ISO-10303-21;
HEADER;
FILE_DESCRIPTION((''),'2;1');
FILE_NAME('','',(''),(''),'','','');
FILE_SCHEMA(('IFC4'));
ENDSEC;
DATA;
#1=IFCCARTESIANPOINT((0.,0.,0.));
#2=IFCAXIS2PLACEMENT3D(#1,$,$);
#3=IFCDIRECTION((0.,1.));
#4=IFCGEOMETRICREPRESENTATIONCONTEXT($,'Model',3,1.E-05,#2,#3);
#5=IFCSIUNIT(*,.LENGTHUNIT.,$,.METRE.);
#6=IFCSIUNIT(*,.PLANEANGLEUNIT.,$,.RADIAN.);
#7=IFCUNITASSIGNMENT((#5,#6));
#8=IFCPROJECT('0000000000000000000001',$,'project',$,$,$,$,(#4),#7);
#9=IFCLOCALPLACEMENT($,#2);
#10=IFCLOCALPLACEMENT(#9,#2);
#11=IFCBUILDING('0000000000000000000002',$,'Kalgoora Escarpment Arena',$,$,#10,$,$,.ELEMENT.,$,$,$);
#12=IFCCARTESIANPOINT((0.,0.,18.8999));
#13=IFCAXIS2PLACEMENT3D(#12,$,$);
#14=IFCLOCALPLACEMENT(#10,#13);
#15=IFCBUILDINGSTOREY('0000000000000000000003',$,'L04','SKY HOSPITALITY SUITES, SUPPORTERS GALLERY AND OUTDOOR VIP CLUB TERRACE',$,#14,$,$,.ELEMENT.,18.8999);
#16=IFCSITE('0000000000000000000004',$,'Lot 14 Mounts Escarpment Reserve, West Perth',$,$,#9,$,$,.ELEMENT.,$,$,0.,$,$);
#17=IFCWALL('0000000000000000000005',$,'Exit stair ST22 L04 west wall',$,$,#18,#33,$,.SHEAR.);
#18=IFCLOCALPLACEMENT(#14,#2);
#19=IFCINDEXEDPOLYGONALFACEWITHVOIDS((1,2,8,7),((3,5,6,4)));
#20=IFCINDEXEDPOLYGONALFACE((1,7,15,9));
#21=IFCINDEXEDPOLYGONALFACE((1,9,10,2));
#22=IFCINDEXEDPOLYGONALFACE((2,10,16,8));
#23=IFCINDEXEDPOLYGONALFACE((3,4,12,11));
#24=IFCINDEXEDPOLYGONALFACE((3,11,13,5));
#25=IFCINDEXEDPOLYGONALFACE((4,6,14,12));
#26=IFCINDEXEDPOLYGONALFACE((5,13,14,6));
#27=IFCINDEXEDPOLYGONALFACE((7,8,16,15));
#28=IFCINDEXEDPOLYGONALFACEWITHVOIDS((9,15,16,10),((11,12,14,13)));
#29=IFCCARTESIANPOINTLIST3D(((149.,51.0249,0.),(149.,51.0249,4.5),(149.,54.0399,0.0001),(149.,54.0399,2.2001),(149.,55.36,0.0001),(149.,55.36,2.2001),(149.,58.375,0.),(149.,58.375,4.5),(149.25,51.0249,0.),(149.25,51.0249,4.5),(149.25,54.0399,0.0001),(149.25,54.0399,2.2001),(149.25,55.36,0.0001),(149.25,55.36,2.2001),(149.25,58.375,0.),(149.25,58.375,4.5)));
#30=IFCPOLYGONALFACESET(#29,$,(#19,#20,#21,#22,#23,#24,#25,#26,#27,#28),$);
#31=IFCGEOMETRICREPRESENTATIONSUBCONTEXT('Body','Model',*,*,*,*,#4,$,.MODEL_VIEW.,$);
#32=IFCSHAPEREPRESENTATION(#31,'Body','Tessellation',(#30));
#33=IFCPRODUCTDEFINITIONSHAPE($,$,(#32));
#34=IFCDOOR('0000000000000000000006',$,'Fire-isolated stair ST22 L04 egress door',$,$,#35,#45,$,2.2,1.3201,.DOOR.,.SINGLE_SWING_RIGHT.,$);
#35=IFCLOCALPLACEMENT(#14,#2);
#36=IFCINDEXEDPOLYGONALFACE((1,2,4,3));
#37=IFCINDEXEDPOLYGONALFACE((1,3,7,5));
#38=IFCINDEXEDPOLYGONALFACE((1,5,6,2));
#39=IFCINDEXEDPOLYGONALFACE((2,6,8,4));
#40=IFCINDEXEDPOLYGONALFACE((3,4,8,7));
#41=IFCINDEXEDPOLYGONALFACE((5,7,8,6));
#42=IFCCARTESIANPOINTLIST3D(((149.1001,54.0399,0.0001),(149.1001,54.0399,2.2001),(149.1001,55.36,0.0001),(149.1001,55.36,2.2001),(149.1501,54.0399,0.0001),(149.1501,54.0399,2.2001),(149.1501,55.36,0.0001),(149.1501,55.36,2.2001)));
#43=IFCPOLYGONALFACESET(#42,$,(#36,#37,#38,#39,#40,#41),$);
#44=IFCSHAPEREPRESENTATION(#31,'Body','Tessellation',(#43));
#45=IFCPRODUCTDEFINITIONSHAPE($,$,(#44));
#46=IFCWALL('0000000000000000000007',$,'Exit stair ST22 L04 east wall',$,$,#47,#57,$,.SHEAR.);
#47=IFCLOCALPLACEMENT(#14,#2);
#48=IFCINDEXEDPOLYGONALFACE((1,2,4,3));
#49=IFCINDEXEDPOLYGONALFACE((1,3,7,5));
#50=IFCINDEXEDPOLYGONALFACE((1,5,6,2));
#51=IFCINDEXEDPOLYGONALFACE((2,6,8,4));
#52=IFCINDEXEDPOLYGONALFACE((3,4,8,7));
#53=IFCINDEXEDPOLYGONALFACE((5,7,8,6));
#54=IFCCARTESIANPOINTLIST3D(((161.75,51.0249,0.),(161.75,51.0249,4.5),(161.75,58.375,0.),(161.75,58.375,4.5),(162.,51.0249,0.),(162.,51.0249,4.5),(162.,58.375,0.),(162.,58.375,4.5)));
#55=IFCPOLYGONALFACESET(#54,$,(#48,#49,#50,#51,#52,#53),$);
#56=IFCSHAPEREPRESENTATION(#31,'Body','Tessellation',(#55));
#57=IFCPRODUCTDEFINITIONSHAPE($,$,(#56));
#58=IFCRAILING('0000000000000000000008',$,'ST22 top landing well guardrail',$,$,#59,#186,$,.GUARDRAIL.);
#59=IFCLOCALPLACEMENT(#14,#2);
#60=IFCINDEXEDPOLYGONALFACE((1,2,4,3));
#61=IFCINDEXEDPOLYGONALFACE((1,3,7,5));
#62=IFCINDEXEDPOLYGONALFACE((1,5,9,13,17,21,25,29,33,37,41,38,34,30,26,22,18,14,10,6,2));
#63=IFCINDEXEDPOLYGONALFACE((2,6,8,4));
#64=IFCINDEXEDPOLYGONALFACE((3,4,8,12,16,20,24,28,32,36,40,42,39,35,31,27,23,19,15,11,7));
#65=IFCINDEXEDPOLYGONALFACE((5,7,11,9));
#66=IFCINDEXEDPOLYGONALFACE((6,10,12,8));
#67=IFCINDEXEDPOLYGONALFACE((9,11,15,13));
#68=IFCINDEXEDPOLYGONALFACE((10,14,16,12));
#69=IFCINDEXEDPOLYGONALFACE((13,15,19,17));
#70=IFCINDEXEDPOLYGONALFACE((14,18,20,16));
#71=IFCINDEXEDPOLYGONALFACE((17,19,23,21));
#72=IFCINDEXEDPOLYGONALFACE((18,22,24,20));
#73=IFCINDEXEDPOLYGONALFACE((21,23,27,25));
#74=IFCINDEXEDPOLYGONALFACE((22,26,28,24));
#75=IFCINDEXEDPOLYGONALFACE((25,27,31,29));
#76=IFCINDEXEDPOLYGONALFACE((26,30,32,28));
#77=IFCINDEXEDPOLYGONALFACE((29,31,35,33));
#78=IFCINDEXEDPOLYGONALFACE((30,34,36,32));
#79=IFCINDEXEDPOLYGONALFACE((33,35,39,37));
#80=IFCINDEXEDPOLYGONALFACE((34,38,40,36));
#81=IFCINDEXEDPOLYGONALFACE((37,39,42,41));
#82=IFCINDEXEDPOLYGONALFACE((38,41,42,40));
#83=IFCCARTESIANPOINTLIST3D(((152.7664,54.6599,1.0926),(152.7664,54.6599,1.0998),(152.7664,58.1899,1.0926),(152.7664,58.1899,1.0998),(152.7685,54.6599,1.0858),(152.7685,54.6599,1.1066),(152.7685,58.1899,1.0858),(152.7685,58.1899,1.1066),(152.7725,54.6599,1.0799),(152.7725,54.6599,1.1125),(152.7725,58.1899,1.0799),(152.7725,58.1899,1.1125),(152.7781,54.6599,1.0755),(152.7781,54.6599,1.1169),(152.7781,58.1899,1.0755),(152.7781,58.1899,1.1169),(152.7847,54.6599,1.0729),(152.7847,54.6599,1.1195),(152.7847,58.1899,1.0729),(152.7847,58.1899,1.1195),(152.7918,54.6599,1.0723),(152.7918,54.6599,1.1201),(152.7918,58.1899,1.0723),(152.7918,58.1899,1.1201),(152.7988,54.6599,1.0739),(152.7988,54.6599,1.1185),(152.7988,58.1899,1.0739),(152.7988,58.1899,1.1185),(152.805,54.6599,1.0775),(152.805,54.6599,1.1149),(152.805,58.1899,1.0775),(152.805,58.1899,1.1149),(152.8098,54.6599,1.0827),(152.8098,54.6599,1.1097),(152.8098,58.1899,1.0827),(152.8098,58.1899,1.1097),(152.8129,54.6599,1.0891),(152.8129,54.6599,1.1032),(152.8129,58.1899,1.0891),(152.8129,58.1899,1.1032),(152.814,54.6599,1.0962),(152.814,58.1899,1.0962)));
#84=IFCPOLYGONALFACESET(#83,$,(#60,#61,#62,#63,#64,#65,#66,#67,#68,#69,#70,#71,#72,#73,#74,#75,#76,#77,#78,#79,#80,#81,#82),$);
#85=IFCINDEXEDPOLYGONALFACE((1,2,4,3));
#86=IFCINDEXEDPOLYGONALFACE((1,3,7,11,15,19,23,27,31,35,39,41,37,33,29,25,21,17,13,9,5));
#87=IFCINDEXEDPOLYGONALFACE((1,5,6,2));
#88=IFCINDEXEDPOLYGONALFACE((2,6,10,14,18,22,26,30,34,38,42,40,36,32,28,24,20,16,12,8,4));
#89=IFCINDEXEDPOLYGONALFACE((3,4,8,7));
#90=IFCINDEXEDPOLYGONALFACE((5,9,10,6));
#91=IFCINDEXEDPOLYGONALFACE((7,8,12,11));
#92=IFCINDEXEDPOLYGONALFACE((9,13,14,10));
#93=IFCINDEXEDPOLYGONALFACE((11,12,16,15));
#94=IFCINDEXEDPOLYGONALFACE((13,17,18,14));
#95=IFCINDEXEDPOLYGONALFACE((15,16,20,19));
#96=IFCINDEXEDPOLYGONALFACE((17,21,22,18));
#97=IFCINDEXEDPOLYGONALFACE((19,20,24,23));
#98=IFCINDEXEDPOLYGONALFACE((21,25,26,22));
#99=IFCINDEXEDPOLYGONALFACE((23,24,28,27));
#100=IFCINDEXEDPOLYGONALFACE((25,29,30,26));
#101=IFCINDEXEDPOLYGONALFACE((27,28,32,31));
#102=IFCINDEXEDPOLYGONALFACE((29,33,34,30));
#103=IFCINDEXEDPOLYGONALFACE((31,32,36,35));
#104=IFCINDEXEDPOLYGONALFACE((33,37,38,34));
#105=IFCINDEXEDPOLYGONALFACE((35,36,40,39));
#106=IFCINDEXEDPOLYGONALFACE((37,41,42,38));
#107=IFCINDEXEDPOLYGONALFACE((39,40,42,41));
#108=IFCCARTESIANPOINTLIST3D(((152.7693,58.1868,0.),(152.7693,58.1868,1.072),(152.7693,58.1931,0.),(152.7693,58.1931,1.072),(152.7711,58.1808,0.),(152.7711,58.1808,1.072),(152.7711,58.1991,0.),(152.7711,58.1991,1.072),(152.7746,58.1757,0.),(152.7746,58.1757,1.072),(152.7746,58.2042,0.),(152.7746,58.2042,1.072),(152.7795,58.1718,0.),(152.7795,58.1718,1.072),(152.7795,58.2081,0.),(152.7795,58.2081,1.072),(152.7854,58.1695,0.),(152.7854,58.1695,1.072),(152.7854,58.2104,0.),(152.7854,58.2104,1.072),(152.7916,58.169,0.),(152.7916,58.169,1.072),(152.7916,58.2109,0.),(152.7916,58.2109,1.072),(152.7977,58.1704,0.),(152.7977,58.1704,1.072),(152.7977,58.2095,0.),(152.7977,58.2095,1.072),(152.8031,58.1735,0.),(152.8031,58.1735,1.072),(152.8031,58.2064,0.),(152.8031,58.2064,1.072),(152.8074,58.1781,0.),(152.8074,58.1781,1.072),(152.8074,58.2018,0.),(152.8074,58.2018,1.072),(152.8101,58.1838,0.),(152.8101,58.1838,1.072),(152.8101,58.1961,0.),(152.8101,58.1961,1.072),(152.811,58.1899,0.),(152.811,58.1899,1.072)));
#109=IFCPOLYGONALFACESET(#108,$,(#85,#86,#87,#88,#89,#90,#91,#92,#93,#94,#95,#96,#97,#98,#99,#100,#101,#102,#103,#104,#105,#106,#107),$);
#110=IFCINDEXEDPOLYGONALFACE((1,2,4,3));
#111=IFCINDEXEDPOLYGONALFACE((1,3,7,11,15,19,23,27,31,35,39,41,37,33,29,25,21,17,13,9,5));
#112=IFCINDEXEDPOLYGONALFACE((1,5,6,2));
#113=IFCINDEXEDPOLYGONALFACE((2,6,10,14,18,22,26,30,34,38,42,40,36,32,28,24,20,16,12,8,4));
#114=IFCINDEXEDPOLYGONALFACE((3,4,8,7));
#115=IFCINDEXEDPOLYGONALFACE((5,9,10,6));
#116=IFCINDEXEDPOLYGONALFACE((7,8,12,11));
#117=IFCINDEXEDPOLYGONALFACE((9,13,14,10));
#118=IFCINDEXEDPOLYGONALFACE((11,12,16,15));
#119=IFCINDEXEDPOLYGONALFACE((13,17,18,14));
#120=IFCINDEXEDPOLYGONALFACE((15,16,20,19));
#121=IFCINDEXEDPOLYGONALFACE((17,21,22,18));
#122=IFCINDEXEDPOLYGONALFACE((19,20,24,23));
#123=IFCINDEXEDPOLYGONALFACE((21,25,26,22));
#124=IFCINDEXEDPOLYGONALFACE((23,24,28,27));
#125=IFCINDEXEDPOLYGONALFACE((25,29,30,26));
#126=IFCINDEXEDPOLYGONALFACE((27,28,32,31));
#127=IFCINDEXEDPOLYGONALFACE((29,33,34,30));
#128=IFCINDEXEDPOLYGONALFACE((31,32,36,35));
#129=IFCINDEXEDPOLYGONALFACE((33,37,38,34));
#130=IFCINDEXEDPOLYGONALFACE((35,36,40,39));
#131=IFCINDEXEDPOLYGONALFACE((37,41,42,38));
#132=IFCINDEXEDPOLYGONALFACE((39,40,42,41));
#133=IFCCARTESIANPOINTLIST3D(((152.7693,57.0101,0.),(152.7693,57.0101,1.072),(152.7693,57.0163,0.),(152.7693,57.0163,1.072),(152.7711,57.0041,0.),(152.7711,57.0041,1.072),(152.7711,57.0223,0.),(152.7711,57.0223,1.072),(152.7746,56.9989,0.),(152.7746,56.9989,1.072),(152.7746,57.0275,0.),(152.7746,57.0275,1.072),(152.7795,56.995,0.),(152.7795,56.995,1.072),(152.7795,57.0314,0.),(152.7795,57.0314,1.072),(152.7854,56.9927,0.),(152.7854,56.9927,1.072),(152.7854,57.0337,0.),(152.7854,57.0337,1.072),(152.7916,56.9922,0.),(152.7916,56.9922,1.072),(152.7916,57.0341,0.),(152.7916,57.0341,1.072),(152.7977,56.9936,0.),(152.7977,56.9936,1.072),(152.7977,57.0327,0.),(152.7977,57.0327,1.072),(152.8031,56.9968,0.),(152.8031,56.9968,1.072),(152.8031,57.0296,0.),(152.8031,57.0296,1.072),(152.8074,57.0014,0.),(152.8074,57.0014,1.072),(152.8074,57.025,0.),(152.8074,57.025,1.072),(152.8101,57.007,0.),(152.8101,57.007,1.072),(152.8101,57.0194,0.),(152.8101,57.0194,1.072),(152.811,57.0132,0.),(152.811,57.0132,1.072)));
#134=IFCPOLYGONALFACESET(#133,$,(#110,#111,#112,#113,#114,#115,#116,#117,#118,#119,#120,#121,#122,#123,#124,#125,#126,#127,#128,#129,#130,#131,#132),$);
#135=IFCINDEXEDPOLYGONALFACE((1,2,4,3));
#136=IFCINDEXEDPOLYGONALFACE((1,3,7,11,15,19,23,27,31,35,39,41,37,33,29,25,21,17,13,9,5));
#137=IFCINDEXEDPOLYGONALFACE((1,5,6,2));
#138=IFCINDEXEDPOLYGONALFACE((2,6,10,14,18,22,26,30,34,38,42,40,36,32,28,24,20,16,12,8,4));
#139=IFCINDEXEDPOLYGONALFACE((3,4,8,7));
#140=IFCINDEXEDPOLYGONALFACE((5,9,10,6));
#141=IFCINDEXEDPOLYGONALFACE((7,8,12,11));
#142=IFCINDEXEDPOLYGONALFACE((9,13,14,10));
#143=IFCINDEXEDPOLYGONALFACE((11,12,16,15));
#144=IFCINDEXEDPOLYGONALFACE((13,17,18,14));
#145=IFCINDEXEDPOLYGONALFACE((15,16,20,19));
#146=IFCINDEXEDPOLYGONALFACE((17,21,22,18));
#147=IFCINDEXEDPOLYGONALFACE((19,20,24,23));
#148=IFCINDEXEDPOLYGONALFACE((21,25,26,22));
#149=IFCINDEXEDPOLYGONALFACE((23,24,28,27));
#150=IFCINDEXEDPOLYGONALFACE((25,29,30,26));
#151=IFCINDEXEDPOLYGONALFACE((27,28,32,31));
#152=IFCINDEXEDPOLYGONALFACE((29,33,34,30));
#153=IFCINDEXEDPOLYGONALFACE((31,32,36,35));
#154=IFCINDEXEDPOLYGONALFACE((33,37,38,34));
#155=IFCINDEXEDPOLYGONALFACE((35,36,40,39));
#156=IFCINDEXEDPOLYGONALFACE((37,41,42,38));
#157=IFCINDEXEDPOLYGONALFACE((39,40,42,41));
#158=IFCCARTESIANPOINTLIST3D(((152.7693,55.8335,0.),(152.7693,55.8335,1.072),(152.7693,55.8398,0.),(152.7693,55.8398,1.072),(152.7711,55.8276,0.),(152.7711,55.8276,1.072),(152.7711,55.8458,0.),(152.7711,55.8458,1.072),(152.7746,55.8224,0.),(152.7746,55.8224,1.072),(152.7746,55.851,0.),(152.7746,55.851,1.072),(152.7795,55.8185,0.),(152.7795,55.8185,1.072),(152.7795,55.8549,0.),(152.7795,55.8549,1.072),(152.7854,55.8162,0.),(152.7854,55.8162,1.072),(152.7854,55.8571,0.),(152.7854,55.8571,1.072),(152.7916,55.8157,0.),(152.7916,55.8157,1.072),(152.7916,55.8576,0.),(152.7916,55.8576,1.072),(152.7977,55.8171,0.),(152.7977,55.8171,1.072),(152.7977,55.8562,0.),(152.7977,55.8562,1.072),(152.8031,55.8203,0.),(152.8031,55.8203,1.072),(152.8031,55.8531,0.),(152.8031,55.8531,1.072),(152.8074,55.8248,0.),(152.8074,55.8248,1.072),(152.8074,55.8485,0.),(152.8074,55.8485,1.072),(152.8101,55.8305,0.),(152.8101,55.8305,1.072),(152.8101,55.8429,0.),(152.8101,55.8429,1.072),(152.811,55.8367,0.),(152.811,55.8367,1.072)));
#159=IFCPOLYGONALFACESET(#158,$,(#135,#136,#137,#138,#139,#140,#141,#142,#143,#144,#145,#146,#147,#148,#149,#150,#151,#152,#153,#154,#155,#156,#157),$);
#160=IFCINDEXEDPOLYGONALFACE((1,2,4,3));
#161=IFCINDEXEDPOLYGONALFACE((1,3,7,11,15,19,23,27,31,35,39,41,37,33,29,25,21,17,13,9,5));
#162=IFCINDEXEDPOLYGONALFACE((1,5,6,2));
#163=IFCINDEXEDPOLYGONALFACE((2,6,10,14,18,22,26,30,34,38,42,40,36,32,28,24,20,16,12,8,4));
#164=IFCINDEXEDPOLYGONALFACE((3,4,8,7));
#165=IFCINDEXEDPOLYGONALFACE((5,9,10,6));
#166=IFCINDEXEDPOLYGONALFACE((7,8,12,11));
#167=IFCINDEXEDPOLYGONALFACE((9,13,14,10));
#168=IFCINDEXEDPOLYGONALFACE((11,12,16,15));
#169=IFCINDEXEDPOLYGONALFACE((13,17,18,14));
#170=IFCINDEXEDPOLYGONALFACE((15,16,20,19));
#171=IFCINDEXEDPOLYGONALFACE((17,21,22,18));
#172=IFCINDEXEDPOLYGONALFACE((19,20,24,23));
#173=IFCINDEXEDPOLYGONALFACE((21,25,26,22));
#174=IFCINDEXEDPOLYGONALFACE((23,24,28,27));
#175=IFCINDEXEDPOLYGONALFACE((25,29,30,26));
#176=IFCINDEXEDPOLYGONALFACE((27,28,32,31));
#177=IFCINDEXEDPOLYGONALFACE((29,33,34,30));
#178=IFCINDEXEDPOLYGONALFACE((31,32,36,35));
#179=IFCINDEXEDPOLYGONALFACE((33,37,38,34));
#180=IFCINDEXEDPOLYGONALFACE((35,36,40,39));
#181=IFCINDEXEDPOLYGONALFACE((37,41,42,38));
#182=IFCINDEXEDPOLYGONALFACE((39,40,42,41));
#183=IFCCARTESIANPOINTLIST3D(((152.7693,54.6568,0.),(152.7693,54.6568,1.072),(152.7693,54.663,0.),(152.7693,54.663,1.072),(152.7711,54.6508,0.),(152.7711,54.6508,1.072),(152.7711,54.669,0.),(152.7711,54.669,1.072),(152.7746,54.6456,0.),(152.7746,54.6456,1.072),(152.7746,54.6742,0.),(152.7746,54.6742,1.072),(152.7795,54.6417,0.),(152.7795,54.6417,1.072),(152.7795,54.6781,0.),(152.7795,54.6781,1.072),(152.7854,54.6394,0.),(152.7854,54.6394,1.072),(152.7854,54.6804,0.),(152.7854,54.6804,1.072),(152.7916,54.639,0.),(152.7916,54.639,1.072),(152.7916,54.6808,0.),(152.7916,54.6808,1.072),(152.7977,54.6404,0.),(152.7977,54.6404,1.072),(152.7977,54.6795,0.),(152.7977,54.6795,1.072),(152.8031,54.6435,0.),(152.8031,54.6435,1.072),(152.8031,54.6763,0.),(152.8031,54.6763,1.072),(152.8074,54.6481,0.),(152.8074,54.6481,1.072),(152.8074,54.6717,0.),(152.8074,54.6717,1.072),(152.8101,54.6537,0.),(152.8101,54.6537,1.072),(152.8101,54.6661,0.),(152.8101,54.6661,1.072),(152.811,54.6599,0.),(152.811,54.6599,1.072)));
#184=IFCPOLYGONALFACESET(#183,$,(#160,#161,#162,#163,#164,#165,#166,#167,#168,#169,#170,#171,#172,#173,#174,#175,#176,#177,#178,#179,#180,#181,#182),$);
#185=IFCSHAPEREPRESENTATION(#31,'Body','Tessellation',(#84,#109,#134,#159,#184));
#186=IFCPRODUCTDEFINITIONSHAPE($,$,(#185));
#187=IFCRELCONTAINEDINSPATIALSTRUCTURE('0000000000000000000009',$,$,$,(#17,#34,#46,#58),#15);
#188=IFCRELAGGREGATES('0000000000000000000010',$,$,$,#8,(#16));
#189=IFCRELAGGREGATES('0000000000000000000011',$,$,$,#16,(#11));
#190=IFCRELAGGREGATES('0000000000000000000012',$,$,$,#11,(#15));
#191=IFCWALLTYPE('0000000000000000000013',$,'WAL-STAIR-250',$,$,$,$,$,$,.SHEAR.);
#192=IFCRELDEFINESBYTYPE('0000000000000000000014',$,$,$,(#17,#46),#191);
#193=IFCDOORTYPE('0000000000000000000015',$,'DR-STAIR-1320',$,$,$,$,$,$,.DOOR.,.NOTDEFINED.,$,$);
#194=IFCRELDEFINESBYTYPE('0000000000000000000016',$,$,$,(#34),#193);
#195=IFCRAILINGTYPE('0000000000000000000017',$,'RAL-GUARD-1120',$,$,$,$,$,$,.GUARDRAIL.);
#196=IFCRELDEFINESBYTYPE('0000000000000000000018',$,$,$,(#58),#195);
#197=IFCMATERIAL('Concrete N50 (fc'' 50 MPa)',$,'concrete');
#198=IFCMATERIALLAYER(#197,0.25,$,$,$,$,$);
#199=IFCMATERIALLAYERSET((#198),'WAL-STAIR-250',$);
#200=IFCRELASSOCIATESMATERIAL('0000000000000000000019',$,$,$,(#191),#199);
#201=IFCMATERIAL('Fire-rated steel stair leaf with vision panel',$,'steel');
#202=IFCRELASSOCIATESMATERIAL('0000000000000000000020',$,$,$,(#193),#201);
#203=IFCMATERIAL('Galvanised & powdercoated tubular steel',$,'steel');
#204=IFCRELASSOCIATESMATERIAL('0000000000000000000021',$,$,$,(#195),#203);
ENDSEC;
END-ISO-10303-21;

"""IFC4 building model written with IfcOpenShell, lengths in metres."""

from ifc_helpers import new_model, si_unit, direction, frame, frame_2d, origin, origin_2d, place, context, subcontext, project, spatial, rectangle, circle, extrude, material, layer, layer_set, type_object, element, fill, save


model = new_model("IFC4")

# Units and contexts
model_context = context("Model", 3, precision=1e-05, world=origin(), true_north=direction((0.0, 1.0)))
body_context = subcontext(model_context, "Body", "Model", "MODEL_VIEW")
ifc_project = project(units=[si_unit("LENGTHUNIT", "METRE"), si_unit("PLANEANGLEUNIT", "RADIAN")], contexts=[model_context])

# Site, building, storey
site_placement = place(None, origin())
site = spatial("IfcSite", under=ifc_project, at=site_placement, Name="Lot 14 Mounts Escarpment Reserve, West Perth", CompositionType="ELEMENT", RefElevation=0.0)
building_placement = place(site_placement, origin())
building = spatial("IfcBuilding", under=site, at=building_placement, Name="Kalgoora Escarpment Arena", CompositionType="ELEMENT")
storey_placement = place(building_placement, frame((0.0, 0.0, 18.8999)))
storey = spatial("IfcBuildingStorey", under=building, at=storey_placement, Name="L04", Description="SKY HOSPITALITY SUITES, SUPPORTERS GALLERY AND OUTDOOR VIP CLUB TERRACE", CompositionType="ELEMENT", Elevation=18.8999)

# Shared definitions
ifc_material_1 = material(Name="Concrete N50 (fc' 50 MPa)", Category="concrete")
ifc_layer_1 = layer(ifc_material_1, 0.25)
ifc_layer_set_1 = layer_set([ifc_layer_1], Name="WAL-STAIR-250")
wall_type_1 = type_object("IfcWallType", Name="WAL-STAIR-250", PredefinedType="SHEAR", material=ifc_layer_set_1)

# Wall, opening, door
wall_1_placement = place(storey_placement, frame((149.125, 51.0249, 0.0), z_axis=(0.0, 0.0, 1.0), x_axis=(0.0, 1.0, 0.0)))
wall_1 = element("IfcWall", 1, at=wall_1_placement, inside=storey, type_object=wall_type_1, Name="Exit stair ST22 L04 west wall", PredefinedType="SHEAR", context=body_context, shape_type="SweptSolid", body=[
    extrude(rectangle(XDim=7.3501, YDim=0.25, at=frame_2d((3.675, 0.0))), origin(), (0.0, 0.0, 1.0), 4.5),
])
opening_1_placement = place(wall_1_placement, frame((3.0149, 0.0, 0.0)))
opening_1 = element("IfcOpeningElement", 2, at=opening_1_placement, cuts=wall_1, PredefinedType="OPENING", context=body_context, shape_type="SweptSolid", body=[
    extrude(rectangle(XDim=1.3201, YDim=2.2, at=frame_2d((0.6602, 1.1001))), frame((0.0, 0.135, 0.0), z_axis=(0.0, -1.0, 0.0), x_axis=(1.0, 0.0, 0.0)), (0.0, 0.0, 1.0), 0.27),
])
ifc_material_2 = material(Name="Fire-rated steel stair leaf with vision panel", Category="steel")
door_type = type_object("IfcDoorType", Name="DR-STAIR-1320", OperationType="NOTDEFINED", PredefinedType="DOOR", material=ifc_material_2)
door_placement = place(opening_1_placement, origin())
door = element("IfcDoor", 3, at=door_placement, inside=storey, type_object=door_type, Name="Fire-isolated stair ST22 L04 egress door", OperationType="SINGLE_SWING_RIGHT", OverallHeight=2.2, OverallWidth=1.3201, PredefinedType="DOOR", context=body_context, shape_type="SweptSolid", body=[
    extrude(rectangle(XDim=1.3201, YDim=2.2, at=frame_2d((0.6602, 1.1001))), frame((0.0, 0.0249, 0.0), z_axis=(0.0, -1.0, 0.0), x_axis=(1.0, 0.0, 0.0)), (0.0, 0.0, 1.0), 0.05),
])
fill(opening_1, door)

# Wall
wall_2_placement = place(storey_placement, frame((161.875, 51.0249, 0.0), z_axis=(0.0, 0.0, 1.0), x_axis=(0.0, 1.0, 0.0)))
element("IfcWall", 4, at=wall_2_placement, inside=storey, type_object=wall_type_1, Name="Exit stair ST22 L04 east wall", PredefinedType="SHEAR", context=body_context, shape_type="SweptSolid", body=[
    extrude(rectangle(XDim=7.3501, YDim=0.25, at=frame_2d((3.675, 0.0))), origin(), (0.0, 0.0, 1.0), 4.5),
])

# Railing
ifc_material_3 = material(Name="Galvanised & powdercoated tubular steel", Category="steel")
railing_type = type_object("IfcRailingType", Name="RAL-GUARD-1120", PredefinedType="GUARDRAIL", material=ifc_material_3)
railing_placement = place(storey_placement, frame((152.79, 58.1899, 0.0)))
element("IfcRailing", 5, at=railing_placement, inside=storey, type_object=railing_type, Name="ST22 top landing well guardrail", PredefinedType="GUARDRAIL", context=body_context, shape_type="SweptSolid", body=[
    extrude(circle(Radius=0.0239, at=origin_2d()), frame((0.0, 0.0, 1.0962), z_axis=(0.0, -1.0, 0.0), x_axis=(1.0, 0.0, 0.0)), (0.0, 0.0, 1.0), 3.53),
    extrude(circle(Radius=0.021, at=origin_2d()), origin(), (0.0, 0.0, 1.0), 1.072),
    extrude(circle(Radius=0.021, at=origin_2d()), frame((0.0, -1.1768, 0.0)), (0.0, 0.0, 1.0), 1.072),
    extrude(circle(Radius=0.021, at=origin_2d()), frame((0.0, -2.3533, 0.0)), (0.0, 0.0, 1.0), 1.072),
    extrude(circle(Radius=0.021, at=origin_2d()), frame((0.0, -3.53, 0.0)), (0.0, 0.0, 1.0), 1.072),
])

save(model, "model.ifc")
